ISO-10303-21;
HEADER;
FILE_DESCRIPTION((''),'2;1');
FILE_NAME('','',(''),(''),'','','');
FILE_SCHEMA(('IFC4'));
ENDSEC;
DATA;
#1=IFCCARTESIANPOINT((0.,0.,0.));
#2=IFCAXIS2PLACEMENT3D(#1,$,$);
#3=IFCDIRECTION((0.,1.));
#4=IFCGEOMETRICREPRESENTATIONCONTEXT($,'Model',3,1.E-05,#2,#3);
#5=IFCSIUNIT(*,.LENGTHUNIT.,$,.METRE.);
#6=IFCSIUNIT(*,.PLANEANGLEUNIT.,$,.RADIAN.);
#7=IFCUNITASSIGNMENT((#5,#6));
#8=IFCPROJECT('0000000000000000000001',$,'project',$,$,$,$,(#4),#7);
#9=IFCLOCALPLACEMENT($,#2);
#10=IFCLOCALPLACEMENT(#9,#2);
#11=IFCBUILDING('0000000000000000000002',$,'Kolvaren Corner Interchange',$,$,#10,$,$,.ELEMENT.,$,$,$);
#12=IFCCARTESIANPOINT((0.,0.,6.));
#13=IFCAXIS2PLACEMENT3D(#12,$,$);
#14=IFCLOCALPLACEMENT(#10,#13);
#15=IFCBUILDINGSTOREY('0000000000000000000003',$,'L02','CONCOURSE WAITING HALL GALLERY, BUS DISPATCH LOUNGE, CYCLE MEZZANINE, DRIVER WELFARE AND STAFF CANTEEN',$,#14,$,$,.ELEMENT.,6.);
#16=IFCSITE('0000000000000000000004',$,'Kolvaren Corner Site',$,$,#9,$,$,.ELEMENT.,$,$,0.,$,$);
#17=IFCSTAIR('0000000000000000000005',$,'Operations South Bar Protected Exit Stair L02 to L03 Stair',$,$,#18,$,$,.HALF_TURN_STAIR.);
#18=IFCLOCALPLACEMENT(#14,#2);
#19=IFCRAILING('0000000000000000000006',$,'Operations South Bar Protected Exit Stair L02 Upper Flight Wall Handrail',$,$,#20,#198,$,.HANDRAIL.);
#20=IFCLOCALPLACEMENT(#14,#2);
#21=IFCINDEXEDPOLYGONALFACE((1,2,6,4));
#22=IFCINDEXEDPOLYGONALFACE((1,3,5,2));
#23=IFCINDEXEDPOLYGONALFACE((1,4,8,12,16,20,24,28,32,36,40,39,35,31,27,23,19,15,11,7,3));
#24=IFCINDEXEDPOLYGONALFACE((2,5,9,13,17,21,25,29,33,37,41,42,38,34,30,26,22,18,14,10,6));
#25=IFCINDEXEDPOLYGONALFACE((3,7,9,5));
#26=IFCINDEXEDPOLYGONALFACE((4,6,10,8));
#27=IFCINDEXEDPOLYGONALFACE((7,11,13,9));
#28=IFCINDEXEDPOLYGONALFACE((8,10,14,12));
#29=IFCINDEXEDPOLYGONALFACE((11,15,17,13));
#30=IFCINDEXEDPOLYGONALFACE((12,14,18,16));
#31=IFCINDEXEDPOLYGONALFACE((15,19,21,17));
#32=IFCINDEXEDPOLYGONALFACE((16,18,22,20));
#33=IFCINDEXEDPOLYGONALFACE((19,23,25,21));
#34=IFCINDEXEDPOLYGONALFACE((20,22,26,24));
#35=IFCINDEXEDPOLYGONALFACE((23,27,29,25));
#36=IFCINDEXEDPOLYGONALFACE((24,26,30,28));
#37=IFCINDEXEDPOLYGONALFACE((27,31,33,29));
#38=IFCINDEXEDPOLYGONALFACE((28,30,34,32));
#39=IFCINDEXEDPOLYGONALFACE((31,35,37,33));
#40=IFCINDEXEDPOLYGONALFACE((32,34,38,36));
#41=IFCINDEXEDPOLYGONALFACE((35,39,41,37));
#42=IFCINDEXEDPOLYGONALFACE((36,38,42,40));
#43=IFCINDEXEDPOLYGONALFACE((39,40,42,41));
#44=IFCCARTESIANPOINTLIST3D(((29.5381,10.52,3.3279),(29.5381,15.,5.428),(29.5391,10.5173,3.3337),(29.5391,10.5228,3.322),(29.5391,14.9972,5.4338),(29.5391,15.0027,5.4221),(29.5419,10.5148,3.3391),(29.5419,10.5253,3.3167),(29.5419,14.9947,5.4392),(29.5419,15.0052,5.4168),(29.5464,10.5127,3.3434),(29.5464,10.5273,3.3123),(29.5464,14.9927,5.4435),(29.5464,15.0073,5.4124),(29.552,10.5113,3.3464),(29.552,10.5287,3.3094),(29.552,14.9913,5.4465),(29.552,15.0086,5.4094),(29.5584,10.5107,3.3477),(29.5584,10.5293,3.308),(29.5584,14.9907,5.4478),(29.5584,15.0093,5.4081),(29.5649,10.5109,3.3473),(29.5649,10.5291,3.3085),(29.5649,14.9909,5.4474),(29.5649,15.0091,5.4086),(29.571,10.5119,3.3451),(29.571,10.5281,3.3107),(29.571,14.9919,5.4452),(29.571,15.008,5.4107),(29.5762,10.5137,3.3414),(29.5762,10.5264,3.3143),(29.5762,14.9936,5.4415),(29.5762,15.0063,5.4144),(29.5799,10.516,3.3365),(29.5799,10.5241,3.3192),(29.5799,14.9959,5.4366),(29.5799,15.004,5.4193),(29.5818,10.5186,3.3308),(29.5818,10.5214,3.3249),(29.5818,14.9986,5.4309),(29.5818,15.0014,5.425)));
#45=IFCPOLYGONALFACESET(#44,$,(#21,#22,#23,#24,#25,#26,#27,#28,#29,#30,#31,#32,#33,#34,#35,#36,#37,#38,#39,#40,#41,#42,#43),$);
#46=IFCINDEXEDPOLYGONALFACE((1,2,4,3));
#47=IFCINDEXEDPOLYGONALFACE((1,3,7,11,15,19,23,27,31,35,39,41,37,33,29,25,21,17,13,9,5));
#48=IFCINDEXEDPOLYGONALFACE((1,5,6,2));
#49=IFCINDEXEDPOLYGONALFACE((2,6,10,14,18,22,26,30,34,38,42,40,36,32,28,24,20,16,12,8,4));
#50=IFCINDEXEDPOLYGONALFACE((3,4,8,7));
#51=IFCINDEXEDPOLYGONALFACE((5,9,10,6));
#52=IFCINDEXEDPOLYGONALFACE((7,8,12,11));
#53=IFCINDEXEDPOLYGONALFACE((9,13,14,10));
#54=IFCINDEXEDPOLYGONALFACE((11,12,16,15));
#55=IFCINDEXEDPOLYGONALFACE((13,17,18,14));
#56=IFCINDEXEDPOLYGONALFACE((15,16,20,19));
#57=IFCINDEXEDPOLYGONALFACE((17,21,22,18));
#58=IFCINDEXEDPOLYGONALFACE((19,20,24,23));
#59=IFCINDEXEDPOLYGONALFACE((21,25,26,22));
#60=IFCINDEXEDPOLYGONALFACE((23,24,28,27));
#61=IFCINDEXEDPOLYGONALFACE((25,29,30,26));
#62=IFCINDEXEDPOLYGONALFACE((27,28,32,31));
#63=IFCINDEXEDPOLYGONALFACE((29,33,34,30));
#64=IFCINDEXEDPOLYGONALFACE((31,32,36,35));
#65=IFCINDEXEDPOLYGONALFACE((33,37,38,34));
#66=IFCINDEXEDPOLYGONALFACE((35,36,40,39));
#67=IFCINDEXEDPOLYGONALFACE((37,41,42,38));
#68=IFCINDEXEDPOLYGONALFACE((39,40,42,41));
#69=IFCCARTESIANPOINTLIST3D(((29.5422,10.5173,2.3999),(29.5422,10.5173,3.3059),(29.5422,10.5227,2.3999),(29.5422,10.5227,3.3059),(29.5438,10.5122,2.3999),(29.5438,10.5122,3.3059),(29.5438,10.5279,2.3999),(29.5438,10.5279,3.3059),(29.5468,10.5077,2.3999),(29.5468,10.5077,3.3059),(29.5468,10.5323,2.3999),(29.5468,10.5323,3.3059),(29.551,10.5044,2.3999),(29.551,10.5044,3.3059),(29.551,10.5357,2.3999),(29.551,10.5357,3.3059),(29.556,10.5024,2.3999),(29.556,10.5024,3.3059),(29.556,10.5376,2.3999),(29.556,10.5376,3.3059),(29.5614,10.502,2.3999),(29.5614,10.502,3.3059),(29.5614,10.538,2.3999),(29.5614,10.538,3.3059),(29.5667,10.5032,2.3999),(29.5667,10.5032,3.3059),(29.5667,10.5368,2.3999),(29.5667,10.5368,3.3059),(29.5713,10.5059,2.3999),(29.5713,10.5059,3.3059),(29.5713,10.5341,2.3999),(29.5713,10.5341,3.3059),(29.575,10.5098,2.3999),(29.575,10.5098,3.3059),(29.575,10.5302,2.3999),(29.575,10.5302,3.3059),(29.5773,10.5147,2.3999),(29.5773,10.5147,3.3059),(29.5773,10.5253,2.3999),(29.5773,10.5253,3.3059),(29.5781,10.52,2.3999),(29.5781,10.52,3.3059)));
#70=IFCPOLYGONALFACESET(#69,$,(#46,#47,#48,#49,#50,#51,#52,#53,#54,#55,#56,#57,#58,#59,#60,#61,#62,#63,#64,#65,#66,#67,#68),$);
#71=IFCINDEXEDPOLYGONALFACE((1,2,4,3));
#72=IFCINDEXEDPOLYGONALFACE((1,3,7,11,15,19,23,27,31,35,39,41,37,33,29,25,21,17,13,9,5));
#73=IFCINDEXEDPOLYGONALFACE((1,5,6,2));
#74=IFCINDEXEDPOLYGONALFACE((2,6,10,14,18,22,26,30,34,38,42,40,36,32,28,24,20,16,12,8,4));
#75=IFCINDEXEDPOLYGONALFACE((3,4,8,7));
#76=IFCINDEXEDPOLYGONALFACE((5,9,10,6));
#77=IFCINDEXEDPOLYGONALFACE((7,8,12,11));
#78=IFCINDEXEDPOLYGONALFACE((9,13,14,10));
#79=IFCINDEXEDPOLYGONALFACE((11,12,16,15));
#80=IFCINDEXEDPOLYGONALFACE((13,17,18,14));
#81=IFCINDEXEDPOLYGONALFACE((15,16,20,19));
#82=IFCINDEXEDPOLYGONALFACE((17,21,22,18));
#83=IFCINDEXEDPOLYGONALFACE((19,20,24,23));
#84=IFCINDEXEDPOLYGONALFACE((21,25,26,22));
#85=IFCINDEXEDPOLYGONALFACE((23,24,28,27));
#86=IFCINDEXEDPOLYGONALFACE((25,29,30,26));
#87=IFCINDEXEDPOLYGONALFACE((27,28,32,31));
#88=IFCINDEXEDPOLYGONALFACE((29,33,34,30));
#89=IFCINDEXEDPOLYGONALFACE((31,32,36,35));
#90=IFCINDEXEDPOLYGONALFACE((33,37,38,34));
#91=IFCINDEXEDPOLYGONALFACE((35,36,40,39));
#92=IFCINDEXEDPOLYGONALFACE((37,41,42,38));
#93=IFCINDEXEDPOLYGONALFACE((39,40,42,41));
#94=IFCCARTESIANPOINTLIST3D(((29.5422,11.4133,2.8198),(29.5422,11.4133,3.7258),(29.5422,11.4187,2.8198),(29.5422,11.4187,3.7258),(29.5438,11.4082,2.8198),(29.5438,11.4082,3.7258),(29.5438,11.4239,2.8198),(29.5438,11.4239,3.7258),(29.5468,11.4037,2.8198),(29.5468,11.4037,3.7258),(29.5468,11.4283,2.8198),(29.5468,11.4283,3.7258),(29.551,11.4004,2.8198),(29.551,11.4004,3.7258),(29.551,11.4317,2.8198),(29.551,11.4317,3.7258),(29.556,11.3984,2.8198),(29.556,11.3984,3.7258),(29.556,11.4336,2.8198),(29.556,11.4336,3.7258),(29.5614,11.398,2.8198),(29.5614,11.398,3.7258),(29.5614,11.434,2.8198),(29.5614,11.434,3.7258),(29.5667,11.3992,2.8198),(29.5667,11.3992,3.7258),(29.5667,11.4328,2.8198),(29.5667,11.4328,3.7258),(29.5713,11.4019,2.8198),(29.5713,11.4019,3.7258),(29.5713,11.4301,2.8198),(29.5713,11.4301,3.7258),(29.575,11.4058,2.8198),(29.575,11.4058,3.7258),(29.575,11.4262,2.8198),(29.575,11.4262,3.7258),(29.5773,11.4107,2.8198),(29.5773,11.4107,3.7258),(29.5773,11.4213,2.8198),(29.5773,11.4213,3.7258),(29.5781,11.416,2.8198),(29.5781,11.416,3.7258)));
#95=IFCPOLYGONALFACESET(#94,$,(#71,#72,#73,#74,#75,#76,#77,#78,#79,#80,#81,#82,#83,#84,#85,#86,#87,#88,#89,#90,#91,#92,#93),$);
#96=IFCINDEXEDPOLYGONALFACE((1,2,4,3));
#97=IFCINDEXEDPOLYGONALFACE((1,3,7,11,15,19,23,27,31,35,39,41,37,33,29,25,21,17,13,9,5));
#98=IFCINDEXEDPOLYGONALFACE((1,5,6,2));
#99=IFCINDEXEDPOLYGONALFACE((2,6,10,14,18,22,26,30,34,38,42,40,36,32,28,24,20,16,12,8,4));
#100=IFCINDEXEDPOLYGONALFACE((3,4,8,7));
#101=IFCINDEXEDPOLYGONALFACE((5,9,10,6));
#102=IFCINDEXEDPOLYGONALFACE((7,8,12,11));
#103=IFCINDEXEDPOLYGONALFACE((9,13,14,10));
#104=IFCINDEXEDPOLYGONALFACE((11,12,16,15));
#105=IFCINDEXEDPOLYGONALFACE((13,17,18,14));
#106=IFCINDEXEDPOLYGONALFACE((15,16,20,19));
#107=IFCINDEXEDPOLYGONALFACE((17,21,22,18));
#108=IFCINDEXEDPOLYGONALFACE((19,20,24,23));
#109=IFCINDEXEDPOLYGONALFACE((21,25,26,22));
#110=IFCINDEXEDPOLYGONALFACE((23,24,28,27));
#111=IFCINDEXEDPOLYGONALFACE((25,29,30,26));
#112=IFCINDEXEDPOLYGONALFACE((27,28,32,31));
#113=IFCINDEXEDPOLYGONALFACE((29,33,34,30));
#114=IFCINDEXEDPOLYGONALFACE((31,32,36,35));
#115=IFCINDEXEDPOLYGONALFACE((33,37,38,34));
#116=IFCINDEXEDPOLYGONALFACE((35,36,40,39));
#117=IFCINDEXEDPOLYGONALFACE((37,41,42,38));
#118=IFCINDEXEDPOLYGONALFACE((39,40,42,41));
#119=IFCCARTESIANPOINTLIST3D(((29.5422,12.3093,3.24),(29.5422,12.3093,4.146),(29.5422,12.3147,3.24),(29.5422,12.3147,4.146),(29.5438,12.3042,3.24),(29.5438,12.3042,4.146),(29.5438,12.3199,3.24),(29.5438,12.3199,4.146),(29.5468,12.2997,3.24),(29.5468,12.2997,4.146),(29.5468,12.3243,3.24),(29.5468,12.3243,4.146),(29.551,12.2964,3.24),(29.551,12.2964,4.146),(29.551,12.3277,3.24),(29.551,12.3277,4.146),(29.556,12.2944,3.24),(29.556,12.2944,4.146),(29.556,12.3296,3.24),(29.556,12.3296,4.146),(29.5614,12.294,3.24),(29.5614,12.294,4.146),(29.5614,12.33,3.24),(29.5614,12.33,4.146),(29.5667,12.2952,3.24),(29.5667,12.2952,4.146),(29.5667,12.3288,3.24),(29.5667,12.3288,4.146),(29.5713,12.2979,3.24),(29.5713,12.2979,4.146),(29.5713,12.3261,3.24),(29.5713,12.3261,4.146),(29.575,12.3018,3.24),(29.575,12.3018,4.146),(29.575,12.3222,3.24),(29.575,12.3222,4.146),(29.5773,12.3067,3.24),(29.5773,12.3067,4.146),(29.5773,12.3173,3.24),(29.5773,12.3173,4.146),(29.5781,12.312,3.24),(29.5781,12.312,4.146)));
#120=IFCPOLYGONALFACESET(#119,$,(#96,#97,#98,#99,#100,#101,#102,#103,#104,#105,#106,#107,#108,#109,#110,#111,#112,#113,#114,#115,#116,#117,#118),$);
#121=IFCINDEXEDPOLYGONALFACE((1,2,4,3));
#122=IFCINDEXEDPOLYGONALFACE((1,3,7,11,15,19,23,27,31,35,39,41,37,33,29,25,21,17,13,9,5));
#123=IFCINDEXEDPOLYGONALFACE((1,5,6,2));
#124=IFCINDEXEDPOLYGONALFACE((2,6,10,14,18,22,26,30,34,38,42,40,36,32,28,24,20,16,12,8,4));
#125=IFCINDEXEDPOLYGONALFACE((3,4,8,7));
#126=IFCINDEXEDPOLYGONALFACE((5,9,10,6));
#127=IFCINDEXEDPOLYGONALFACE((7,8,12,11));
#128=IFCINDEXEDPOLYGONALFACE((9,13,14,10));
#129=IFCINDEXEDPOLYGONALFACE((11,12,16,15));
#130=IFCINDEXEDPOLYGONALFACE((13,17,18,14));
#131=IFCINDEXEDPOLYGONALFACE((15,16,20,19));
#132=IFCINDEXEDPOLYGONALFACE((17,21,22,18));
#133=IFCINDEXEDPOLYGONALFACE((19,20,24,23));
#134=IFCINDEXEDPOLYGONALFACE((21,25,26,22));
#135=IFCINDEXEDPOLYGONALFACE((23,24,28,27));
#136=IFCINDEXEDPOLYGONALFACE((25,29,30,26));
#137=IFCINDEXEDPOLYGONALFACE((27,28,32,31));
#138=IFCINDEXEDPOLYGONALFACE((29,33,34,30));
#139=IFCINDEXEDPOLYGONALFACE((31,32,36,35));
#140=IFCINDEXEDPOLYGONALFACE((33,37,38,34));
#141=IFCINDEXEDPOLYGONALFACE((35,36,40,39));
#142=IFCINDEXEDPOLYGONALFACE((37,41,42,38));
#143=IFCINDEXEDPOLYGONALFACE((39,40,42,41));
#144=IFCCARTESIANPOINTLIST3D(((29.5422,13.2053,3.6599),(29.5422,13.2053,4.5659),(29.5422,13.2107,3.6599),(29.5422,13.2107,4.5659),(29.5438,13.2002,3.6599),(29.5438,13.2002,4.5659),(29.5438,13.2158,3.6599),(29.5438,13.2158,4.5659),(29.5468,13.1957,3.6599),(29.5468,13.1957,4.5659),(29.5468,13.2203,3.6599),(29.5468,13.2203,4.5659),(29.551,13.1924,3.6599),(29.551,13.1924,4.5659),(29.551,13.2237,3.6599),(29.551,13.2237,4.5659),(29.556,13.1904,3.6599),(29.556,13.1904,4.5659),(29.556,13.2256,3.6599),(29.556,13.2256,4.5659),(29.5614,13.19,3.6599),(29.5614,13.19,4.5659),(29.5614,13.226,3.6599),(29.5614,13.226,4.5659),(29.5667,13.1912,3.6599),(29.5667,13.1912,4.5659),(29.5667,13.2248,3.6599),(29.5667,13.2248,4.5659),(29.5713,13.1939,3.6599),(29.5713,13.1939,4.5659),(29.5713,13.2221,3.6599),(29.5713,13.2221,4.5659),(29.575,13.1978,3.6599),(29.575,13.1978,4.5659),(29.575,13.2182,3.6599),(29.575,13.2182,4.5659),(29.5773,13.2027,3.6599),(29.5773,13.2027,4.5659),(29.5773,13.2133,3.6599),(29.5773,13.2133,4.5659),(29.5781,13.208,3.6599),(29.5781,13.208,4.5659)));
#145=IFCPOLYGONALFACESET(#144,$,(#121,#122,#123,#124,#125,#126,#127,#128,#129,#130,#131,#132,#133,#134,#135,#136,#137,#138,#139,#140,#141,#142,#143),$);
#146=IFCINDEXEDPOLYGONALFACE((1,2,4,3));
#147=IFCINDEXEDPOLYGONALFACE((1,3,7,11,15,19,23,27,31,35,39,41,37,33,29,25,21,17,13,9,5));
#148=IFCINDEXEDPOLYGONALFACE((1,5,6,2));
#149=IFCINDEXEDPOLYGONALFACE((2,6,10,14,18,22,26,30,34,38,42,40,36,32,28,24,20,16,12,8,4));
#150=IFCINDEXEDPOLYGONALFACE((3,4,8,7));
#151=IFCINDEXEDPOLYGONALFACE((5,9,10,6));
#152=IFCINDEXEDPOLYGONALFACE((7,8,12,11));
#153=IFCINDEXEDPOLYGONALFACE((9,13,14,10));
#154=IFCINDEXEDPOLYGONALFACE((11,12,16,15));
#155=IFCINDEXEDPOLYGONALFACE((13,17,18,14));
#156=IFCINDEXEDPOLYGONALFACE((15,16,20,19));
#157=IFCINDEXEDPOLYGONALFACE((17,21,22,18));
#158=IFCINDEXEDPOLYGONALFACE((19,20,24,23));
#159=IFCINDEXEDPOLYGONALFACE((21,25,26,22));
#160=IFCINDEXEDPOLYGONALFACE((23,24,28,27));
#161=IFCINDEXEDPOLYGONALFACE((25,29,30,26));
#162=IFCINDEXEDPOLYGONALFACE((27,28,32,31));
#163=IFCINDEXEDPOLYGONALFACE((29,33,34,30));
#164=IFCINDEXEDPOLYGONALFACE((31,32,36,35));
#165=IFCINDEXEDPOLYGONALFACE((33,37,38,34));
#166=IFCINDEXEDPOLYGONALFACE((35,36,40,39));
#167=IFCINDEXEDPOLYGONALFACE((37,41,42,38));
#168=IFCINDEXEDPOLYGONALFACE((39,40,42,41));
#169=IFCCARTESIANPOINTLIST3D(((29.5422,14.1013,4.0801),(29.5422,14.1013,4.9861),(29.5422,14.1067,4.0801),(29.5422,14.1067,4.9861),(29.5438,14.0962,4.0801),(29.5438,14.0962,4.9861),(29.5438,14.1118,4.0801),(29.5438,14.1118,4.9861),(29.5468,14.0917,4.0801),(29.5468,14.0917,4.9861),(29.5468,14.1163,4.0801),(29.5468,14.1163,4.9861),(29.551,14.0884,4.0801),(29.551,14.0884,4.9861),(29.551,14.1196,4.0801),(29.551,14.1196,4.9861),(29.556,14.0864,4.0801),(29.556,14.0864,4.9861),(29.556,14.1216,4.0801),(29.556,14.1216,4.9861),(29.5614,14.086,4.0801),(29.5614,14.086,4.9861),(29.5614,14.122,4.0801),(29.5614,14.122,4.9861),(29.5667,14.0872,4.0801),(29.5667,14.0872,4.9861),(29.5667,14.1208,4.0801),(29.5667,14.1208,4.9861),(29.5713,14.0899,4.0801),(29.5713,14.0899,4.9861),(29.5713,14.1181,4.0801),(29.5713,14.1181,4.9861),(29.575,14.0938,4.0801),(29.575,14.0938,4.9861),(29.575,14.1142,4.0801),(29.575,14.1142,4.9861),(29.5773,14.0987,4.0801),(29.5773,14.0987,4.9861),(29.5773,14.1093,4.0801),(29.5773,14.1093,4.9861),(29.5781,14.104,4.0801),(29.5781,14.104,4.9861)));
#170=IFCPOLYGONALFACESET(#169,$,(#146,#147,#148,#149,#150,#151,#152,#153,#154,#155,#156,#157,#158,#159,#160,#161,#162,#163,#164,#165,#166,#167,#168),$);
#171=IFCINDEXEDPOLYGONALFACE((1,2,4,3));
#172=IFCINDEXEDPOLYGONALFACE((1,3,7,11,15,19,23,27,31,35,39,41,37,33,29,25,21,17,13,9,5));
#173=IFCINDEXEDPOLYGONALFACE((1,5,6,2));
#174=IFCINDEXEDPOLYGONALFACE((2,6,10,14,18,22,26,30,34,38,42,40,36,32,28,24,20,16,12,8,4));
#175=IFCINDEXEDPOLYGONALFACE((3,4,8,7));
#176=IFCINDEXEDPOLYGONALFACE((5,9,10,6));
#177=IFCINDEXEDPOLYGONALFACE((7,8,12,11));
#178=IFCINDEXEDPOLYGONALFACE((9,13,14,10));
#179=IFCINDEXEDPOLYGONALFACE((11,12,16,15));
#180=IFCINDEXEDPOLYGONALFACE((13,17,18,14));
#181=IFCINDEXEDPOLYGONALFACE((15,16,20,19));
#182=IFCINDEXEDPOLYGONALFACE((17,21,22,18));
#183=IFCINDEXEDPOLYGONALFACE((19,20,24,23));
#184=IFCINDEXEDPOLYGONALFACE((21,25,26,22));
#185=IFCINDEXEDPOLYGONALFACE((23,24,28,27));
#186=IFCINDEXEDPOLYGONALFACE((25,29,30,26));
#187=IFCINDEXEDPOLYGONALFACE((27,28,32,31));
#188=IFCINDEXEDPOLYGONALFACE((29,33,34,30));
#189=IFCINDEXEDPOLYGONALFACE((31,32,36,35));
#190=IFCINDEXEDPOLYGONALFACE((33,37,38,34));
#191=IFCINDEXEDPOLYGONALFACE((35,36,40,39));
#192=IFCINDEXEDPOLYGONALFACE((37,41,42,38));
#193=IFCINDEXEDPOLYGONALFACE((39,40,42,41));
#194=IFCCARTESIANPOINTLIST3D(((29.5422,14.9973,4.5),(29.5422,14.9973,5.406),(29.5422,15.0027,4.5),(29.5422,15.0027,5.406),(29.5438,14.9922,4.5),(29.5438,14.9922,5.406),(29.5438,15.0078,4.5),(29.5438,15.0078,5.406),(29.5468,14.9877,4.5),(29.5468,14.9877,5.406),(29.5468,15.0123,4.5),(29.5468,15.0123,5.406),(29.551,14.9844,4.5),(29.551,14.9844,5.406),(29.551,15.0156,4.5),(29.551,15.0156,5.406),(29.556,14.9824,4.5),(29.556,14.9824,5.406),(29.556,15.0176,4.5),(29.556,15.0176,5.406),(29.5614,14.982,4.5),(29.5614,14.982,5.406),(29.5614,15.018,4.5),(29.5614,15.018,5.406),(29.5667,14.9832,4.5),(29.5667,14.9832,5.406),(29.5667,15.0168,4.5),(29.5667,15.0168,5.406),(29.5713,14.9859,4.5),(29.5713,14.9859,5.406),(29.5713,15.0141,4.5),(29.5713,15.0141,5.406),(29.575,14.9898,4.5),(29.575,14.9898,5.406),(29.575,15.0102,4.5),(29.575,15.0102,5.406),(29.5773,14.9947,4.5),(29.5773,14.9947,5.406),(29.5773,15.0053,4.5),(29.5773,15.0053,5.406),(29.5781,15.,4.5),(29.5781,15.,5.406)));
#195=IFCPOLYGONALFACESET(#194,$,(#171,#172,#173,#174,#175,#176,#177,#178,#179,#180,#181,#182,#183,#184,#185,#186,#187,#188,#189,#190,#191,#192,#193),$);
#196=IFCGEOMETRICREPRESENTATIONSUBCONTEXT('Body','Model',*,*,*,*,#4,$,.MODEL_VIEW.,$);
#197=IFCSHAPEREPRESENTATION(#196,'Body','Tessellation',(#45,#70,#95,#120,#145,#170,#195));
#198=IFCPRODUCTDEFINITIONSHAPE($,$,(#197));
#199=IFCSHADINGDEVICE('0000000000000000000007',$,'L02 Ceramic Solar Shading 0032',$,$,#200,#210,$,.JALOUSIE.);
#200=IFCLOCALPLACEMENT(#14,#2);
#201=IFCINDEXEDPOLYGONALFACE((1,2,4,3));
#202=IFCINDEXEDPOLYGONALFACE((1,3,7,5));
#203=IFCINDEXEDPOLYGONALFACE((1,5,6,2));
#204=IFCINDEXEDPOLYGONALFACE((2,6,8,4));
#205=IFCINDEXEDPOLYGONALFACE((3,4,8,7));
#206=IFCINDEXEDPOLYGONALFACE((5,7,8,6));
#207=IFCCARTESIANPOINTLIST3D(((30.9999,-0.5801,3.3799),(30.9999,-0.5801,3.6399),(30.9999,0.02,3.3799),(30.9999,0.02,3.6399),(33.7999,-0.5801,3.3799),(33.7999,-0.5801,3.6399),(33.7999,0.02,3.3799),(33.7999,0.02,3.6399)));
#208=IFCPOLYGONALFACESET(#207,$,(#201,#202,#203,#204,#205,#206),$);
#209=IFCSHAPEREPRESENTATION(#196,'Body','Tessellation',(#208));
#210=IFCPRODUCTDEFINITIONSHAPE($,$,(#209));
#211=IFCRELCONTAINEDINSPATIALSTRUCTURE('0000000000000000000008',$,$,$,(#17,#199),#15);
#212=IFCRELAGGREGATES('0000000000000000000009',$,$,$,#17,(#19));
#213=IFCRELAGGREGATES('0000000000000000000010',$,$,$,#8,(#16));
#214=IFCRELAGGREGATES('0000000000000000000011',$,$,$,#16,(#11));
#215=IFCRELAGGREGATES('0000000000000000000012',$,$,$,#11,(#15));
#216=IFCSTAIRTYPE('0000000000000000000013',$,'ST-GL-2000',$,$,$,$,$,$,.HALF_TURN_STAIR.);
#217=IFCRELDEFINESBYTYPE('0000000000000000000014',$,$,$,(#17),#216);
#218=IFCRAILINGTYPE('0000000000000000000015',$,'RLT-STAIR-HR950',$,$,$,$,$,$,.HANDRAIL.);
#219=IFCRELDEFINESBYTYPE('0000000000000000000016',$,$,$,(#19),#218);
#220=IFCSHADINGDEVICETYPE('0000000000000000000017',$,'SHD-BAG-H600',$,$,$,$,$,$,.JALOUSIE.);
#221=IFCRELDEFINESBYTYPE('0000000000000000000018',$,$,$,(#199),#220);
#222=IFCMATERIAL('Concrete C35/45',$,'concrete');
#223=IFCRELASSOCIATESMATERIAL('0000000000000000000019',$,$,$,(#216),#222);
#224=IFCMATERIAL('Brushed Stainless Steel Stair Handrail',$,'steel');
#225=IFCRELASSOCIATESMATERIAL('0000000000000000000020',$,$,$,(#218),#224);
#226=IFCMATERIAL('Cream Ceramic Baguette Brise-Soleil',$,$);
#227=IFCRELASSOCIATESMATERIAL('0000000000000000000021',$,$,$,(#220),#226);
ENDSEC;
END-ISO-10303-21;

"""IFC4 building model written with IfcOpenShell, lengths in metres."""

from ifc_helpers import new_model, si_unit, direction, frame, origin, origin_2d, place, context, subcontext, project, spatial, rectangle, circle, extrude, material, type_object, element, aggregate, save


model = new_model("IFC4")

# Units and contexts
model_context = context("Model", 3, precision=1e-05, world=origin(), true_north=direction((0.0, 1.0)))
body_context = subcontext(model_context, "Body", "Model", "MODEL_VIEW")
ifc_project = project(units=[si_unit("LENGTHUNIT", "METRE"), si_unit("PLANEANGLEUNIT", "RADIAN")], contexts=[model_context])

# Site, building, storey
site_placement = place(None, origin())
site = spatial("IfcSite", under=ifc_project, at=site_placement, Name="Kolvaren Corner Site", CompositionType="ELEMENT", RefElevation=0.0)
building_placement = place(site_placement, origin())
building = spatial("IfcBuilding", under=site, at=building_placement, Name="Kolvaren Corner Interchange", CompositionType="ELEMENT")
storey_placement = place(building_placement, frame((0.0, 0.0, 6.0)))
storey = spatial("IfcBuildingStorey", under=building, at=storey_placement, Name="L02", Description="CONCOURSE WAITING HALL GALLERY, BUS DISPATCH LOUNGE, CYCLE MEZZANINE, DRIVER WELFARE AND STAFF CANTEEN", CompositionType="ELEMENT", Elevation=6.0)

# Stair, railing
ifc_material_1 = material(Name="Concrete C35/45", Category="concrete")
stair_type = type_object("IfcStairType", Name="ST-GL-2000", PredefinedType="HALF_TURN_STAIR", material=ifc_material_1)
stair_placement = place(storey_placement, origin())
stair = element("IfcStair", 1, at=stair_placement, inside=storey, type_object=stair_type, Name="Operations South Bar Protected Exit Stair L02 to L03 Stair", PredefinedType="HALF_TURN_STAIR")
ifc_material_2 = material(Name="Brushed Stainless Steel Stair Handrail", Category="steel")
railing_type_1 = type_object("IfcRailingType", Name="RLT-STAIR-HR950", PredefinedType="HANDRAIL", material=ifc_material_2)
railing_1_placement = place(storey_placement, frame((29.5601, 10.52, 2.3999)))
railing_1 = element("IfcRailing", 2, at=railing_1_placement, type_object=railing_type_1, Name="Operations South Bar Protected Exit Stair L02 Upper Flight Wall Handrail", PredefinedType="HANDRAIL", context=body_context, shape_type="SweptSolid", body=[
    extrude(circle(Radius=0.022, at=origin_2d()), frame((0.0, 0.0, 0.928), z_axis=(0.0, 0.905451, 0.424452), x_axis=(-1.0, 0.0, 0.0)), (0.0, 0.0, 1.0), 4.9478),
    extrude(circle(Radius=0.0181, at=origin_2d()), origin(), (0.0, 0.0, 1.0), 0.906),
    extrude(circle(Radius=0.0181, at=origin_2d()), frame((0.0, 0.896, 0.4199)), (0.0, 0.0, 1.0), 0.906),
    extrude(circle(Radius=0.0181, at=origin_2d()), frame((0.0, 1.792, 0.8401)), (0.0, 0.0, 1.0), 0.906),
    extrude(circle(Radius=0.0181, at=origin_2d()), frame((0.0, 2.688, 1.26)), (0.0, 0.0, 1.0), 0.906),
    extrude(circle(Radius=0.0181, at=origin_2d()), frame((0.0, 3.584, 1.6802)), (0.0, 0.0, 1.0), 0.906),
    extrude(circle(Radius=0.0181, at=origin_2d()), frame((0.0, 4.48, 2.1001)), (0.0, 0.0, 1.0), 0.906),
])
aggregate(stair, [railing_1])

# Shading device
ifc_material_3 = material(Name="Cream Ceramic Baguette Brise-Soleil")
shading_device_type = type_object("IfcShadingDeviceType", Name="SHD-BAG-H600", PredefinedType="JALOUSIE", material=ifc_material_3)
shading_device_placement = place(storey_placement, frame((32.3999, -0.28, 3.3799), z_axis=(0.0, 0.0, 1.0), x_axis=(1.0, 0.0, 0.0)))
element("IfcShadingDevice", 3, at=shading_device_placement, inside=storey, type_object=shading_device_type, Name="L02 Ceramic Solar Shading 0032", PredefinedType="JALOUSIE", context=body_context, shape_type="SweptSolid", body=[
    extrude(rectangle(XDim=2.8, YDim=0.6001, at=origin_2d()), origin(), (0.0, 0.0, 1.0), 0.26),
])

save(model, "model.ifc")
